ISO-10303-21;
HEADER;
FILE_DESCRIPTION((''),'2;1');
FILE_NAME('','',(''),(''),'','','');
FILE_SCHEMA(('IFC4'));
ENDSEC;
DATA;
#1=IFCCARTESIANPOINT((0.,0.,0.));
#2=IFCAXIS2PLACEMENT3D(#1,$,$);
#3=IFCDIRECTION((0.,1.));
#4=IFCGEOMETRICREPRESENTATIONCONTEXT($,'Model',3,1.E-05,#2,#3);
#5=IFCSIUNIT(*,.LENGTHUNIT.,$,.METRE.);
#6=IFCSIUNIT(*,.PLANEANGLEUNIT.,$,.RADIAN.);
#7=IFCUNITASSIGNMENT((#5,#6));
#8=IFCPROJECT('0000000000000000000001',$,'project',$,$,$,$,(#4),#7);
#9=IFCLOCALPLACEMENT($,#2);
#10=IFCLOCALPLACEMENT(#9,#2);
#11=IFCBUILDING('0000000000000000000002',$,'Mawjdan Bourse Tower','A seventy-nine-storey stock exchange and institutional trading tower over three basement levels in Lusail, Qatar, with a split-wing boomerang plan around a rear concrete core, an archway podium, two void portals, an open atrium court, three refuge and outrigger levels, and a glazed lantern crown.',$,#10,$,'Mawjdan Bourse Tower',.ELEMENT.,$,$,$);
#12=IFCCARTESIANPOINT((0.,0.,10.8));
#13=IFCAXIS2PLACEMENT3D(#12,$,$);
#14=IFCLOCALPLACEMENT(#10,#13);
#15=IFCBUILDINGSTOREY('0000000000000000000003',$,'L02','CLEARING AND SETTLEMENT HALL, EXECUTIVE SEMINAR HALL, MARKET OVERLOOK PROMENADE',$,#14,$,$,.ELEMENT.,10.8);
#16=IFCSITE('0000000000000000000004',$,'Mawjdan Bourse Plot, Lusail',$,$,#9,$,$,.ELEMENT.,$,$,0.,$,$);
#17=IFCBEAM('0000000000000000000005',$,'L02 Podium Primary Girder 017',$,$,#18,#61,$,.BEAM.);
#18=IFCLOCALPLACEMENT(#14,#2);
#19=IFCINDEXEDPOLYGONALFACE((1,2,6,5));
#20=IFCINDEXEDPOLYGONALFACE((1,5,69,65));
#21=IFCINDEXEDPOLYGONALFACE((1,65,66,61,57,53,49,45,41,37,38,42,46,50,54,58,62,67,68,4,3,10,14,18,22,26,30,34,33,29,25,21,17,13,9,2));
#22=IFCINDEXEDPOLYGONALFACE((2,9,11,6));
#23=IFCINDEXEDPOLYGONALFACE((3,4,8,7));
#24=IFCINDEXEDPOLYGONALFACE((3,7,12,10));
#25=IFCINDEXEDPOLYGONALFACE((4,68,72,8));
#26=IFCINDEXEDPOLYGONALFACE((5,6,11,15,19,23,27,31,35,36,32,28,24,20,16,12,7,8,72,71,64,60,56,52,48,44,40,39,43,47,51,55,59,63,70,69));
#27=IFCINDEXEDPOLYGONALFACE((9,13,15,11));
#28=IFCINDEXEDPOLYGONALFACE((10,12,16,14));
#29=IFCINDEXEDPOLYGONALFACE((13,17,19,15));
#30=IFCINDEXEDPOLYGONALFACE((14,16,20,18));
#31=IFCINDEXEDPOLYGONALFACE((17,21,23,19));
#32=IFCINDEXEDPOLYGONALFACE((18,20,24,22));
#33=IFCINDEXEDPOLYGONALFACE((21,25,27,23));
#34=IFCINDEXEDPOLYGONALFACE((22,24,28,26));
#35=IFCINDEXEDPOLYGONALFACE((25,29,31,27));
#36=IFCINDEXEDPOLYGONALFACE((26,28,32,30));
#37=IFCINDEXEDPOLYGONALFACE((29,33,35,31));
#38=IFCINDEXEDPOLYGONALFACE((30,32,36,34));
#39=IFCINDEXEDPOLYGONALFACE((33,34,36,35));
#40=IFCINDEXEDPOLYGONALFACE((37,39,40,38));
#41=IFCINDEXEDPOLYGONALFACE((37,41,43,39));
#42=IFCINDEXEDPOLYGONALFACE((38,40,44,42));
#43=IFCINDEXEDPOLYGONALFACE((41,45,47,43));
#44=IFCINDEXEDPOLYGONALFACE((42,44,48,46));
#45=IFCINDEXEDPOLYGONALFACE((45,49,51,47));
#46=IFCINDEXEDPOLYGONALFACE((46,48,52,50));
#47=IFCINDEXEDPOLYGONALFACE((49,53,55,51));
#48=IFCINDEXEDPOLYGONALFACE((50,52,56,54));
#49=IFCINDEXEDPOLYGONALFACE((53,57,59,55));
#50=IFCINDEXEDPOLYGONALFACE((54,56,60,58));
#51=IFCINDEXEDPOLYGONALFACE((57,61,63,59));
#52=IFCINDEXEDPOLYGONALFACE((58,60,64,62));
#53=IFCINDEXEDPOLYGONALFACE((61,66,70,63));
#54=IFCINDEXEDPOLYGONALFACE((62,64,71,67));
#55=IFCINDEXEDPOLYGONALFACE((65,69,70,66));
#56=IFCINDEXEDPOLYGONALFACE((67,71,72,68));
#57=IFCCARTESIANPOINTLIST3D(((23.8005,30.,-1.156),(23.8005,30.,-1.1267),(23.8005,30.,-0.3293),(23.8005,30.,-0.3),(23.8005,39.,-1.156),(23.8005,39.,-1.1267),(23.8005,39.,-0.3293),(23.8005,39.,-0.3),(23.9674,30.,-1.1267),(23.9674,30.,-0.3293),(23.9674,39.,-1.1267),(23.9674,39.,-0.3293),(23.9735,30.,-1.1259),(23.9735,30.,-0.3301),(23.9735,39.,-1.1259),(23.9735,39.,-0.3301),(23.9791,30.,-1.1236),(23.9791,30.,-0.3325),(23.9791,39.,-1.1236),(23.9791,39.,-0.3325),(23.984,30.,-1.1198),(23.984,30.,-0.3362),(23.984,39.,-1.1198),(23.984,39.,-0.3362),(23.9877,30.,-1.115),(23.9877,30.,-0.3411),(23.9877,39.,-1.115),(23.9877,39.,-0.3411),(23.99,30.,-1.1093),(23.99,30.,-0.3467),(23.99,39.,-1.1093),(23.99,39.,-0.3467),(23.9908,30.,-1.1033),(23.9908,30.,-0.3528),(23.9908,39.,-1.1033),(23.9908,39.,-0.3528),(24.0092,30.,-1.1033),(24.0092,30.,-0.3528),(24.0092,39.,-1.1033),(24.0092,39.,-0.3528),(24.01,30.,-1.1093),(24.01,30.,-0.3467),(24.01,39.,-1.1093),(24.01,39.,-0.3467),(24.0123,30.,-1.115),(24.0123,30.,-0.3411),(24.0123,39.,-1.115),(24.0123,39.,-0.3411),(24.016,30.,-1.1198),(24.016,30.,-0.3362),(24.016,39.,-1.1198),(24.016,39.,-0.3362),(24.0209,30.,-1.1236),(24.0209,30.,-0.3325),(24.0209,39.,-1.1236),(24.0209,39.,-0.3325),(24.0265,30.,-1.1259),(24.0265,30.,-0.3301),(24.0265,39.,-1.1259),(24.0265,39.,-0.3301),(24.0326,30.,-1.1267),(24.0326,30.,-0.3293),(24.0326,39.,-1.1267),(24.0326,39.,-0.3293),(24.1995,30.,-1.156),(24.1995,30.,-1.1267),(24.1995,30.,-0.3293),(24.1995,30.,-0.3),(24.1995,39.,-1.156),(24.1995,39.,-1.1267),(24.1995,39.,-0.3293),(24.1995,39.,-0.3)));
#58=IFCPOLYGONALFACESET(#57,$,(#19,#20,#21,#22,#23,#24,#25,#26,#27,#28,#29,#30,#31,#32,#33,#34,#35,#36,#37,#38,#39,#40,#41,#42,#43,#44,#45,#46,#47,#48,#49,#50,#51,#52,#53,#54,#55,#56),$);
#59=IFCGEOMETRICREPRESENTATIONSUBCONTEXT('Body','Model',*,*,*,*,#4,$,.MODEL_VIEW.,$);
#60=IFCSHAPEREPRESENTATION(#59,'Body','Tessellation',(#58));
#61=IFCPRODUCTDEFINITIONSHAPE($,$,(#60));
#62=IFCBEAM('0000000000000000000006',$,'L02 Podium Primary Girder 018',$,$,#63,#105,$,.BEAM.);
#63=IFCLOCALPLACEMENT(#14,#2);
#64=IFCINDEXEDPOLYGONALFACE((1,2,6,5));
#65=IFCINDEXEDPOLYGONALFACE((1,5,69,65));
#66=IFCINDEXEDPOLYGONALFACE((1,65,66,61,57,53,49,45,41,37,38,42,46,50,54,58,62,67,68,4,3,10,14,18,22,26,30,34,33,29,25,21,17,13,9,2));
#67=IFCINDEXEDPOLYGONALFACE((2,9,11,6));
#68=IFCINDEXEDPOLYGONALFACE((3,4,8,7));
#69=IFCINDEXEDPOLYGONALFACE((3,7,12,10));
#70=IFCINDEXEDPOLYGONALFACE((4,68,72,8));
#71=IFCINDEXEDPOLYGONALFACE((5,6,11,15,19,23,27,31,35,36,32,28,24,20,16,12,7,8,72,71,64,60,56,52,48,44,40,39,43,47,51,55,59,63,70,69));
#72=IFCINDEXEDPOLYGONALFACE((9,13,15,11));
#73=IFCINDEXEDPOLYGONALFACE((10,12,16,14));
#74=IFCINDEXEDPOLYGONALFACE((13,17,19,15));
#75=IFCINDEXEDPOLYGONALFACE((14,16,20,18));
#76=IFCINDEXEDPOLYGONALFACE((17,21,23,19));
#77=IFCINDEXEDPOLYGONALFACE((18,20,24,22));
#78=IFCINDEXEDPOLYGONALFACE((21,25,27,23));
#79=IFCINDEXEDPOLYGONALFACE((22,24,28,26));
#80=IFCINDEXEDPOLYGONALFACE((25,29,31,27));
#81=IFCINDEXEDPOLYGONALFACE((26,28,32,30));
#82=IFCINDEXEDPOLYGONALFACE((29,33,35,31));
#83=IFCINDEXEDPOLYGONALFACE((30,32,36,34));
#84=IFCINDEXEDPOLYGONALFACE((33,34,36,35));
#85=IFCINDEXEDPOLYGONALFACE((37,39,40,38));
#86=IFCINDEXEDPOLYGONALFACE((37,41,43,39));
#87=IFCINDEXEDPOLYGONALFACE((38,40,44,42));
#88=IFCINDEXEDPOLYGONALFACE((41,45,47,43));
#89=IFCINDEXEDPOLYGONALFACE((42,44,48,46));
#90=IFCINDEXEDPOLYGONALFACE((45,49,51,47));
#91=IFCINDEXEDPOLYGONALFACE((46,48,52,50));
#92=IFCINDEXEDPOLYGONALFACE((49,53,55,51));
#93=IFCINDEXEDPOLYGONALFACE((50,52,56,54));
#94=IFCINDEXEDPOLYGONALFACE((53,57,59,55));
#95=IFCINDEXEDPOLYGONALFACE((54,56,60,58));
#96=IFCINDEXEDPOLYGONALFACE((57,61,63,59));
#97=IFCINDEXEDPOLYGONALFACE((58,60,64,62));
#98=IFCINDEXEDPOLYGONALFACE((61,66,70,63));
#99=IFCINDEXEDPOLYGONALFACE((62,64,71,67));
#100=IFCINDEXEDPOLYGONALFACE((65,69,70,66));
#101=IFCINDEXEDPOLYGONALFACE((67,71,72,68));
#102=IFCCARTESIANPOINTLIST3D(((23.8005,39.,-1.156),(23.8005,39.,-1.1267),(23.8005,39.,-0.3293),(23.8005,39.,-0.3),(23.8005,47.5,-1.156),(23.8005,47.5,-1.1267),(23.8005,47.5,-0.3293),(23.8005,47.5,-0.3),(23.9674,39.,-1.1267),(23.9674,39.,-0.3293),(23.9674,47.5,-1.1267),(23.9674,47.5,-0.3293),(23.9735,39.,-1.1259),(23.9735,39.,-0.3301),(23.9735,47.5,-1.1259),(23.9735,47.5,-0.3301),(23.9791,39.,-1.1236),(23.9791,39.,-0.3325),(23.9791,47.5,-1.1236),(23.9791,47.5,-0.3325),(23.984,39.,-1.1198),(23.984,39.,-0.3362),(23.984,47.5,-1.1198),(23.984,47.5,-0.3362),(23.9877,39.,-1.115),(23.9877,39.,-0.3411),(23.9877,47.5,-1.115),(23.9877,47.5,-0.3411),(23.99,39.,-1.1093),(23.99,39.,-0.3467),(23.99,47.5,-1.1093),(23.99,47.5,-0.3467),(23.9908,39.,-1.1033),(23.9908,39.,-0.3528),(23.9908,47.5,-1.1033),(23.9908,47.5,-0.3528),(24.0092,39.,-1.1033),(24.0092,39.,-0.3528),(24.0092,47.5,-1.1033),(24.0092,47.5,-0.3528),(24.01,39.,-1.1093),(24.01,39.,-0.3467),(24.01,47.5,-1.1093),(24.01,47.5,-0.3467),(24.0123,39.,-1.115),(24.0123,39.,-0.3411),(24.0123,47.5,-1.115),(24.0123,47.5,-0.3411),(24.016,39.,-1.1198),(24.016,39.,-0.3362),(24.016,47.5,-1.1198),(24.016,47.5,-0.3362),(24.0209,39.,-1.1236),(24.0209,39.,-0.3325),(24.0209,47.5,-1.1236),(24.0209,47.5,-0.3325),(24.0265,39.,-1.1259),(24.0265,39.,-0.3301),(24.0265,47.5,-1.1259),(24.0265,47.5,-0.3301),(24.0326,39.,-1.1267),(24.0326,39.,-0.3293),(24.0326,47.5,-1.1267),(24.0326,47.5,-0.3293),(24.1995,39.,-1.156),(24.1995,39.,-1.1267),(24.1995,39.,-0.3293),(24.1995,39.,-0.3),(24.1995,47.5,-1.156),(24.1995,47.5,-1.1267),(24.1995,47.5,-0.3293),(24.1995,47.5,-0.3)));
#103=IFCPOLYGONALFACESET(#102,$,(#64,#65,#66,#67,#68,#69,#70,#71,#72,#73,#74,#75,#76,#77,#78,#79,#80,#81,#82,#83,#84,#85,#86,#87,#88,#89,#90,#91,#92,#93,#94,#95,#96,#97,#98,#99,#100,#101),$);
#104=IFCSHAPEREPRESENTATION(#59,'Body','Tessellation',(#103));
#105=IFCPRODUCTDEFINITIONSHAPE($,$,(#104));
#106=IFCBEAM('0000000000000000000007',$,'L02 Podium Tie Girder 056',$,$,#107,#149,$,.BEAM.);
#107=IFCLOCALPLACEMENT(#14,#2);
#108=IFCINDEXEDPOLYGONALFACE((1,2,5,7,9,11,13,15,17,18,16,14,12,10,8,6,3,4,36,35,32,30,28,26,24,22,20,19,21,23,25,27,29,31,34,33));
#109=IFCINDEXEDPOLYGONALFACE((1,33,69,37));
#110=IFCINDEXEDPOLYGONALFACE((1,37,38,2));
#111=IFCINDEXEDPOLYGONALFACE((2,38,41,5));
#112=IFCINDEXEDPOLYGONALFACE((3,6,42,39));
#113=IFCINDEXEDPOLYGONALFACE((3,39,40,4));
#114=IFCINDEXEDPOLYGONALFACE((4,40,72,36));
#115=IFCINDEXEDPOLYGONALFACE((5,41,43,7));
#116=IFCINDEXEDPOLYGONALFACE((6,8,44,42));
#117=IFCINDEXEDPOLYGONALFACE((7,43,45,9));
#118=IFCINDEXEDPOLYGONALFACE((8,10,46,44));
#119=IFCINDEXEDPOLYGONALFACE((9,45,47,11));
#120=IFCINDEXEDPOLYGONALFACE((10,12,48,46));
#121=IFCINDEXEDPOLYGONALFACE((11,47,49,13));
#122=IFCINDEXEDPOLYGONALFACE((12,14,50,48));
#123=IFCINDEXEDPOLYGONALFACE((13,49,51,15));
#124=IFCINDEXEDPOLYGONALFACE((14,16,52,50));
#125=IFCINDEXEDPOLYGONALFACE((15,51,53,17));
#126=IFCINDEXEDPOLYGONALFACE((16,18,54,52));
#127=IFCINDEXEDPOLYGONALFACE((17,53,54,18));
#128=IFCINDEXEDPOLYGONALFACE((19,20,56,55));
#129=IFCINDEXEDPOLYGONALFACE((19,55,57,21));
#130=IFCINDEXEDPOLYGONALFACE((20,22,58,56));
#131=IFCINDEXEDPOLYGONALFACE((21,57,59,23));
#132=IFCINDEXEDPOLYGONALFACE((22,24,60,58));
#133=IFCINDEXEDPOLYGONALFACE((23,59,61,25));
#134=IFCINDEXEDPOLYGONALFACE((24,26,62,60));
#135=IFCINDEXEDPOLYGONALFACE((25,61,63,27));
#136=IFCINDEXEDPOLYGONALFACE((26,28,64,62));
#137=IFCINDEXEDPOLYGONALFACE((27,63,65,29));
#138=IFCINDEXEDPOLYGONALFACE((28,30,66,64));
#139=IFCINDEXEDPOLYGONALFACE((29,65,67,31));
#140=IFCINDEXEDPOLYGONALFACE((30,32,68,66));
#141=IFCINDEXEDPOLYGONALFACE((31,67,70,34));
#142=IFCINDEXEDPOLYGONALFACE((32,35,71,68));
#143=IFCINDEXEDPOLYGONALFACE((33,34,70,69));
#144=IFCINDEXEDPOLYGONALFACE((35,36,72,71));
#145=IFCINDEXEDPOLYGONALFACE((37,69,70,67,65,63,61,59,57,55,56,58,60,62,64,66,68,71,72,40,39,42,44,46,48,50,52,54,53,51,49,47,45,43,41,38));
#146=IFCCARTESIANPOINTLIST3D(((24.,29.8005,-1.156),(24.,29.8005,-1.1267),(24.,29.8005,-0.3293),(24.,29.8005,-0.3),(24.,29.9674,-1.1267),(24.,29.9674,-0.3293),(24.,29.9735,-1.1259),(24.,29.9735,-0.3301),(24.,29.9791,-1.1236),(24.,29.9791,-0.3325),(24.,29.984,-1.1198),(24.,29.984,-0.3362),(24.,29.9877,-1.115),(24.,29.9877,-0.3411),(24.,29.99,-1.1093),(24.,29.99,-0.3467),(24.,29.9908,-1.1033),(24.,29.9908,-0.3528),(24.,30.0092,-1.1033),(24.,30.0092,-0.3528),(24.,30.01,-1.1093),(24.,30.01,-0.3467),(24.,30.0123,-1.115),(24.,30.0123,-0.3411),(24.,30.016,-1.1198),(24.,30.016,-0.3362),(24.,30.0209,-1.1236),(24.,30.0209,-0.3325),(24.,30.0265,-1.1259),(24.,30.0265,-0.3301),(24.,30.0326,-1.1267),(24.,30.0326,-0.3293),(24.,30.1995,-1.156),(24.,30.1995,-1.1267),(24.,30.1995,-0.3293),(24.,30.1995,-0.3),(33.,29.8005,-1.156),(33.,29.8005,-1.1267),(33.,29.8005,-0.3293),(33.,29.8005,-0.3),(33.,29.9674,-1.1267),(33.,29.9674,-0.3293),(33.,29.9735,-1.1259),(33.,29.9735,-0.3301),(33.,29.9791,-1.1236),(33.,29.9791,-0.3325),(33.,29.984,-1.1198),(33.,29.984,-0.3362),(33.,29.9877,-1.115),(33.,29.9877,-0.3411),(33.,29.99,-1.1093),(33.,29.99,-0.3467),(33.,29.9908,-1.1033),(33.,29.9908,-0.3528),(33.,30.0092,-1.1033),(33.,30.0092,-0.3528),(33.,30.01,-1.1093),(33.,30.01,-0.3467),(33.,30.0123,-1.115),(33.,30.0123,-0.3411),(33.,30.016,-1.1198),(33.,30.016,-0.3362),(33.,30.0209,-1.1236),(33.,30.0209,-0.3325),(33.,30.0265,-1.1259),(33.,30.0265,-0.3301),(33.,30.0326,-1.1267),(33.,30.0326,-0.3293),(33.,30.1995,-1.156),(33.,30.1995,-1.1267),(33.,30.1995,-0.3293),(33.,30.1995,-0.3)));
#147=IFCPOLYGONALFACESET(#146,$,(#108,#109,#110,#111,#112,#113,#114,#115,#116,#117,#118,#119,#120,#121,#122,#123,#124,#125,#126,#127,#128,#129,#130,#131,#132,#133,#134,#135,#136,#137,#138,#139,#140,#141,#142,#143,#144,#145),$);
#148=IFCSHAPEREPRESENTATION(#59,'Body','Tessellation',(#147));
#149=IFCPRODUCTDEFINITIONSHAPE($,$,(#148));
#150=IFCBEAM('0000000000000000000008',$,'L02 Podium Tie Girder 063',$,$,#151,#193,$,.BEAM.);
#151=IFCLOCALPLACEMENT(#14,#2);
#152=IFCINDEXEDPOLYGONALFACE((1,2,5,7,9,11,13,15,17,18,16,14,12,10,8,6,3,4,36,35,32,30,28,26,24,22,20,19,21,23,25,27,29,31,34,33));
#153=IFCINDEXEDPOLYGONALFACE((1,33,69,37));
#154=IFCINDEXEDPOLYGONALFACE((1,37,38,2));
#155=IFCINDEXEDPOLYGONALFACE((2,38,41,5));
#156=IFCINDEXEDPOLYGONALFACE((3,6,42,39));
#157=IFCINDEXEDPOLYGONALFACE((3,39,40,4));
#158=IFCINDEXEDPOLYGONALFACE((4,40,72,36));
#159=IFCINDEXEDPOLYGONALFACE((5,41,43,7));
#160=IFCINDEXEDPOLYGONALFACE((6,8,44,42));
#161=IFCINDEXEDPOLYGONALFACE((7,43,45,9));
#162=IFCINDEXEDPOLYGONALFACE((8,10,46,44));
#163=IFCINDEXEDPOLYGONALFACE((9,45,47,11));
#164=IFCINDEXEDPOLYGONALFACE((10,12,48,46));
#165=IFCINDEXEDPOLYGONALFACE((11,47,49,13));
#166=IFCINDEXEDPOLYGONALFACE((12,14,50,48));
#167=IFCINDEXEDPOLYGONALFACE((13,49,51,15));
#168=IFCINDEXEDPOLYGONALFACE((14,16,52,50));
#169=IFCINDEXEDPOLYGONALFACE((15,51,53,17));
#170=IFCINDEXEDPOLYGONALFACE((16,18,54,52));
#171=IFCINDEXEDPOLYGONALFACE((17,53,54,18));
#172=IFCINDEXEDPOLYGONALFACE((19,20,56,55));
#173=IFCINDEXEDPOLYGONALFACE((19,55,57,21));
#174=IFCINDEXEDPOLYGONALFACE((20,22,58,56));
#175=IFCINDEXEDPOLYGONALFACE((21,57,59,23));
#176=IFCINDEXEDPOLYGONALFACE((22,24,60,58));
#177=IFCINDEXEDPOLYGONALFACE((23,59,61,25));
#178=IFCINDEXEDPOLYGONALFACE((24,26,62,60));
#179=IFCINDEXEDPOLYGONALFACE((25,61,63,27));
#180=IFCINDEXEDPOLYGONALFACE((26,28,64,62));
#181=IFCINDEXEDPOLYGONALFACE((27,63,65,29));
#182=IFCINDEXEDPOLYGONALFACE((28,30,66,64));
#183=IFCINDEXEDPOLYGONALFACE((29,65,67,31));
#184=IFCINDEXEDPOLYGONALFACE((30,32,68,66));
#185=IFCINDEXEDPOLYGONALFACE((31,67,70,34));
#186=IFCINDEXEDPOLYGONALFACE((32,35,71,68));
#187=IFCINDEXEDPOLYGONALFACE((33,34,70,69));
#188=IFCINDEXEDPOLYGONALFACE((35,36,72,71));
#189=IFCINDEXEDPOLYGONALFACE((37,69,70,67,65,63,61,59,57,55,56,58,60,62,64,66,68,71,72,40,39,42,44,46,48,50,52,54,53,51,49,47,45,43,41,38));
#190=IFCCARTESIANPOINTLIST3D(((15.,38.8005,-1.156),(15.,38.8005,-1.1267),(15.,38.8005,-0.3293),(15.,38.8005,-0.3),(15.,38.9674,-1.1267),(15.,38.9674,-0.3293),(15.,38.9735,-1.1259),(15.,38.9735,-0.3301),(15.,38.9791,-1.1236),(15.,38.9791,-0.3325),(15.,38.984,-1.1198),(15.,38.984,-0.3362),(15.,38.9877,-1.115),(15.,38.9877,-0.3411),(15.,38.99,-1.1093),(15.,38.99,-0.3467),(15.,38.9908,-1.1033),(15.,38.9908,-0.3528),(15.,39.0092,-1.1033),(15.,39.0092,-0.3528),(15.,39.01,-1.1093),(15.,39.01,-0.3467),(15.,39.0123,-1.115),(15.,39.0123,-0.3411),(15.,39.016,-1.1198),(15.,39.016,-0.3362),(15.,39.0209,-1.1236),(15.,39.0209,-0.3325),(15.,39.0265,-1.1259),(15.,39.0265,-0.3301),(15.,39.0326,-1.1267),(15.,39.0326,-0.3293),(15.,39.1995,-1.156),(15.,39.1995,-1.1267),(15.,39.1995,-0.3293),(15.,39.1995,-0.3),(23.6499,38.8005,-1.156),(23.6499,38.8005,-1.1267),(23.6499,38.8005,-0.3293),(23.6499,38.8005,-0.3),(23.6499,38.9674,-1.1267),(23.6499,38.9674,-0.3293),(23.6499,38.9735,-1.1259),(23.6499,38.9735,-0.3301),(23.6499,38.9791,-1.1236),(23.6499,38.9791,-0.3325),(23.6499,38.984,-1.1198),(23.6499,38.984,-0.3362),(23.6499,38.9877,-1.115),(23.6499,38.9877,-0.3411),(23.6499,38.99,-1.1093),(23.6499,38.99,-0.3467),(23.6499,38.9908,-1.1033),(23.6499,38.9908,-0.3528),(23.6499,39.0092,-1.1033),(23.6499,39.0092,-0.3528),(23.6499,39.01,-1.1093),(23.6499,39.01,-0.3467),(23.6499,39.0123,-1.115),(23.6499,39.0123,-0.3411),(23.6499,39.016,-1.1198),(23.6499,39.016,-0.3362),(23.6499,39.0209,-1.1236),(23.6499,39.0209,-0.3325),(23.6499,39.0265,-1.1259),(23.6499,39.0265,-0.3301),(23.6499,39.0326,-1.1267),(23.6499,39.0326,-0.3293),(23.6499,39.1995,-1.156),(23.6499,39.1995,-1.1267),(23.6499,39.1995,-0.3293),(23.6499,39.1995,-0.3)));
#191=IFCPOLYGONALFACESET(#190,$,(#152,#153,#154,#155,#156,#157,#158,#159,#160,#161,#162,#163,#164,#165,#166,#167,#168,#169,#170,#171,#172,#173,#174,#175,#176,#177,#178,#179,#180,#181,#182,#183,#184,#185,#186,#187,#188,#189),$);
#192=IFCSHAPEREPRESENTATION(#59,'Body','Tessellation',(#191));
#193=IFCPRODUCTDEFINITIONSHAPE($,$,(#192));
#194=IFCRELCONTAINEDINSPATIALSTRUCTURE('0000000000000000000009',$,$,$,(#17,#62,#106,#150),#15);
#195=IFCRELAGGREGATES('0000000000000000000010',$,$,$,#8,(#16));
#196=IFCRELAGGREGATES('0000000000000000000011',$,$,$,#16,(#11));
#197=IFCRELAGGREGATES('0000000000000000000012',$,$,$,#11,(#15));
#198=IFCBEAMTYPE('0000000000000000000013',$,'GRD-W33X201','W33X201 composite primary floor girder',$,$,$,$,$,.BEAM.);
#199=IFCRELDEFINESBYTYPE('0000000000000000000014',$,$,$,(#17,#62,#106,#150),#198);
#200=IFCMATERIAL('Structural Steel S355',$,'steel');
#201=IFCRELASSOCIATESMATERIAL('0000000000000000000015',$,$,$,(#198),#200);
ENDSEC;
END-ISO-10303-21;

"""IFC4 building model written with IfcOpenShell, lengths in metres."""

from ifc_helpers import new_model, si_unit, direction, frame, origin, origin_2d, place, context, subcontext, project, spatial, i_section, extrude, material, material_profile, profile_set, type_object, element, save


model = new_model("IFC4")

# Units and contexts
model_context = context("Model", 3, precision=1e-05, world=origin(), true_north=direction((0.0, 1.0)))
body_context = subcontext(model_context, "Body", "Model", "MODEL_VIEW")
ifc_project = project(units=[si_unit("LENGTHUNIT", "METRE"), si_unit("PLANEANGLEUNIT", "RADIAN")], contexts=[model_context])

# Site, building, storey
site_placement = place(None, origin())
site = spatial("IfcSite", under=ifc_project, at=site_placement, Name="Mawjdan Bourse Plot, Lusail", CompositionType="ELEMENT", RefElevation=0.0)
building_placement = place(site_placement, origin())
building = spatial("IfcBuilding", under=site, at=building_placement, Name="Mawjdan Bourse Tower", Description="A seventy-nine-storey stock exchange and institutional trading tower over three basement levels in Lusail, Qatar, with a split-wing boomerang plan around a rear concrete core, an archway podium, two void portals, an open atrium court, three refuge and outrigger levels, and a glazed lantern crown.", LongName="Mawjdan Bourse Tower", CompositionType="ELEMENT")
storey_placement = place(building_placement, frame((0.0, 0.0, 10.8)))
storey = spatial("IfcBuildingStorey", under=building, at=storey_placement, Name="L02", Description="CLEARING AND SETTLEMENT HALL, EXECUTIVE SEMINAR HALL, MARKET OVERLOOK PROMENADE", CompositionType="ELEMENT", Elevation=10.8)

# Beams
ifc_material_1 = material(Name="Structural Steel S355", Category="steel")
ifc_material_profile_1 = material_profile(ifc_material_1, i_section(OverallWidth=0.3989, OverallDepth=0.856, WebThickness=0.0183, FlangeThickness=0.0293, FilletRadius=0.0234, at=origin_2d()), Name="W33X201")
ifc_profile_set_1 = profile_set([ifc_material_profile_1], Name="Structural Steel S355")
beam_type_1 = type_object("IfcBeamType", Name="GRD-W33X201", Description="W33X201 composite primary floor girder", PredefinedType="BEAM", material=ifc_profile_set_1)
beam_1_placement = place(storey_placement, frame((24.0, 30.0, -0.728), z_axis=(0.0, 1.0, 0.0), x_axis=(-1.0, 0.0, 0.0)))
element("IfcBeam", 1, at=beam_1_placement, inside=storey, type_object=beam_type_1, Name="L02 Podium Primary Girder 017", PredefinedType="BEAM", context=body_context, shape_type="SweptSolid", body=[
    extrude(i_section(OverallWidth=0.3989, OverallDepth=0.856, WebThickness=0.0183, FlangeThickness=0.0293, FilletRadius=0.0234, at=origin_2d()), origin(), (0.0, 0.0, 1.0), 9.0),
])
beam_2_placement = place(storey_placement, frame((24.0, 39.0, -0.728), z_axis=(0.0, 1.0, 0.0), x_axis=(-1.0, 0.0, 0.0)))
element("IfcBeam", 2, at=beam_2_placement, inside=storey, type_object=beam_type_1, Name="L02 Podium Primary Girder 018", PredefinedType="BEAM", context=body_context, shape_type="SweptSolid", body=[
    extrude(i_section(OverallWidth=0.3989, OverallDepth=0.856, WebThickness=0.0183, FlangeThickness=0.0293, FilletRadius=0.0234, at=origin_2d()), origin(), (0.0, 0.0, 1.0), 8.5),
])
beam_3_placement = place(storey_placement, frame((24.0, 30.0, -0.728), z_axis=(1.0, 0.0, 0.0), x_axis=(0.0, 1.0, 0.0)))
element("IfcBeam", 3, at=beam_3_placement, inside=storey, type_object=beam_type_1, Name="L02 Podium Tie Girder 056", PredefinedType="BEAM", context=body_context, shape_type="SweptSolid", body=[
    extrude(i_section(OverallWidth=0.3989, OverallDepth=0.856, WebThickness=0.0183, FlangeThickness=0.0293, FilletRadius=0.0234, at=origin_2d()), origin(), (0.0, 0.0, 1.0), 9.0),
])
beam_4_placement = place(storey_placement, frame((15.0, 39.0, -0.728), z_axis=(1.0, 0.0, 0.0), x_axis=(0.0, 1.0, 0.0)))
element("IfcBeam", 4, at=beam_4_placement, inside=storey, type_object=beam_type_1, Name="L02 Podium Tie Girder 063", PredefinedType="BEAM", context=body_context, shape_type="SweptSolid", body=[
    extrude(i_section(OverallWidth=0.3989, OverallDepth=0.856, WebThickness=0.0183, FlangeThickness=0.0293, FilletRadius=0.0234, at=origin_2d()), origin(), (0.0, 0.0, 1.0), 8.6499),
])

save(model, "model.ifc")
